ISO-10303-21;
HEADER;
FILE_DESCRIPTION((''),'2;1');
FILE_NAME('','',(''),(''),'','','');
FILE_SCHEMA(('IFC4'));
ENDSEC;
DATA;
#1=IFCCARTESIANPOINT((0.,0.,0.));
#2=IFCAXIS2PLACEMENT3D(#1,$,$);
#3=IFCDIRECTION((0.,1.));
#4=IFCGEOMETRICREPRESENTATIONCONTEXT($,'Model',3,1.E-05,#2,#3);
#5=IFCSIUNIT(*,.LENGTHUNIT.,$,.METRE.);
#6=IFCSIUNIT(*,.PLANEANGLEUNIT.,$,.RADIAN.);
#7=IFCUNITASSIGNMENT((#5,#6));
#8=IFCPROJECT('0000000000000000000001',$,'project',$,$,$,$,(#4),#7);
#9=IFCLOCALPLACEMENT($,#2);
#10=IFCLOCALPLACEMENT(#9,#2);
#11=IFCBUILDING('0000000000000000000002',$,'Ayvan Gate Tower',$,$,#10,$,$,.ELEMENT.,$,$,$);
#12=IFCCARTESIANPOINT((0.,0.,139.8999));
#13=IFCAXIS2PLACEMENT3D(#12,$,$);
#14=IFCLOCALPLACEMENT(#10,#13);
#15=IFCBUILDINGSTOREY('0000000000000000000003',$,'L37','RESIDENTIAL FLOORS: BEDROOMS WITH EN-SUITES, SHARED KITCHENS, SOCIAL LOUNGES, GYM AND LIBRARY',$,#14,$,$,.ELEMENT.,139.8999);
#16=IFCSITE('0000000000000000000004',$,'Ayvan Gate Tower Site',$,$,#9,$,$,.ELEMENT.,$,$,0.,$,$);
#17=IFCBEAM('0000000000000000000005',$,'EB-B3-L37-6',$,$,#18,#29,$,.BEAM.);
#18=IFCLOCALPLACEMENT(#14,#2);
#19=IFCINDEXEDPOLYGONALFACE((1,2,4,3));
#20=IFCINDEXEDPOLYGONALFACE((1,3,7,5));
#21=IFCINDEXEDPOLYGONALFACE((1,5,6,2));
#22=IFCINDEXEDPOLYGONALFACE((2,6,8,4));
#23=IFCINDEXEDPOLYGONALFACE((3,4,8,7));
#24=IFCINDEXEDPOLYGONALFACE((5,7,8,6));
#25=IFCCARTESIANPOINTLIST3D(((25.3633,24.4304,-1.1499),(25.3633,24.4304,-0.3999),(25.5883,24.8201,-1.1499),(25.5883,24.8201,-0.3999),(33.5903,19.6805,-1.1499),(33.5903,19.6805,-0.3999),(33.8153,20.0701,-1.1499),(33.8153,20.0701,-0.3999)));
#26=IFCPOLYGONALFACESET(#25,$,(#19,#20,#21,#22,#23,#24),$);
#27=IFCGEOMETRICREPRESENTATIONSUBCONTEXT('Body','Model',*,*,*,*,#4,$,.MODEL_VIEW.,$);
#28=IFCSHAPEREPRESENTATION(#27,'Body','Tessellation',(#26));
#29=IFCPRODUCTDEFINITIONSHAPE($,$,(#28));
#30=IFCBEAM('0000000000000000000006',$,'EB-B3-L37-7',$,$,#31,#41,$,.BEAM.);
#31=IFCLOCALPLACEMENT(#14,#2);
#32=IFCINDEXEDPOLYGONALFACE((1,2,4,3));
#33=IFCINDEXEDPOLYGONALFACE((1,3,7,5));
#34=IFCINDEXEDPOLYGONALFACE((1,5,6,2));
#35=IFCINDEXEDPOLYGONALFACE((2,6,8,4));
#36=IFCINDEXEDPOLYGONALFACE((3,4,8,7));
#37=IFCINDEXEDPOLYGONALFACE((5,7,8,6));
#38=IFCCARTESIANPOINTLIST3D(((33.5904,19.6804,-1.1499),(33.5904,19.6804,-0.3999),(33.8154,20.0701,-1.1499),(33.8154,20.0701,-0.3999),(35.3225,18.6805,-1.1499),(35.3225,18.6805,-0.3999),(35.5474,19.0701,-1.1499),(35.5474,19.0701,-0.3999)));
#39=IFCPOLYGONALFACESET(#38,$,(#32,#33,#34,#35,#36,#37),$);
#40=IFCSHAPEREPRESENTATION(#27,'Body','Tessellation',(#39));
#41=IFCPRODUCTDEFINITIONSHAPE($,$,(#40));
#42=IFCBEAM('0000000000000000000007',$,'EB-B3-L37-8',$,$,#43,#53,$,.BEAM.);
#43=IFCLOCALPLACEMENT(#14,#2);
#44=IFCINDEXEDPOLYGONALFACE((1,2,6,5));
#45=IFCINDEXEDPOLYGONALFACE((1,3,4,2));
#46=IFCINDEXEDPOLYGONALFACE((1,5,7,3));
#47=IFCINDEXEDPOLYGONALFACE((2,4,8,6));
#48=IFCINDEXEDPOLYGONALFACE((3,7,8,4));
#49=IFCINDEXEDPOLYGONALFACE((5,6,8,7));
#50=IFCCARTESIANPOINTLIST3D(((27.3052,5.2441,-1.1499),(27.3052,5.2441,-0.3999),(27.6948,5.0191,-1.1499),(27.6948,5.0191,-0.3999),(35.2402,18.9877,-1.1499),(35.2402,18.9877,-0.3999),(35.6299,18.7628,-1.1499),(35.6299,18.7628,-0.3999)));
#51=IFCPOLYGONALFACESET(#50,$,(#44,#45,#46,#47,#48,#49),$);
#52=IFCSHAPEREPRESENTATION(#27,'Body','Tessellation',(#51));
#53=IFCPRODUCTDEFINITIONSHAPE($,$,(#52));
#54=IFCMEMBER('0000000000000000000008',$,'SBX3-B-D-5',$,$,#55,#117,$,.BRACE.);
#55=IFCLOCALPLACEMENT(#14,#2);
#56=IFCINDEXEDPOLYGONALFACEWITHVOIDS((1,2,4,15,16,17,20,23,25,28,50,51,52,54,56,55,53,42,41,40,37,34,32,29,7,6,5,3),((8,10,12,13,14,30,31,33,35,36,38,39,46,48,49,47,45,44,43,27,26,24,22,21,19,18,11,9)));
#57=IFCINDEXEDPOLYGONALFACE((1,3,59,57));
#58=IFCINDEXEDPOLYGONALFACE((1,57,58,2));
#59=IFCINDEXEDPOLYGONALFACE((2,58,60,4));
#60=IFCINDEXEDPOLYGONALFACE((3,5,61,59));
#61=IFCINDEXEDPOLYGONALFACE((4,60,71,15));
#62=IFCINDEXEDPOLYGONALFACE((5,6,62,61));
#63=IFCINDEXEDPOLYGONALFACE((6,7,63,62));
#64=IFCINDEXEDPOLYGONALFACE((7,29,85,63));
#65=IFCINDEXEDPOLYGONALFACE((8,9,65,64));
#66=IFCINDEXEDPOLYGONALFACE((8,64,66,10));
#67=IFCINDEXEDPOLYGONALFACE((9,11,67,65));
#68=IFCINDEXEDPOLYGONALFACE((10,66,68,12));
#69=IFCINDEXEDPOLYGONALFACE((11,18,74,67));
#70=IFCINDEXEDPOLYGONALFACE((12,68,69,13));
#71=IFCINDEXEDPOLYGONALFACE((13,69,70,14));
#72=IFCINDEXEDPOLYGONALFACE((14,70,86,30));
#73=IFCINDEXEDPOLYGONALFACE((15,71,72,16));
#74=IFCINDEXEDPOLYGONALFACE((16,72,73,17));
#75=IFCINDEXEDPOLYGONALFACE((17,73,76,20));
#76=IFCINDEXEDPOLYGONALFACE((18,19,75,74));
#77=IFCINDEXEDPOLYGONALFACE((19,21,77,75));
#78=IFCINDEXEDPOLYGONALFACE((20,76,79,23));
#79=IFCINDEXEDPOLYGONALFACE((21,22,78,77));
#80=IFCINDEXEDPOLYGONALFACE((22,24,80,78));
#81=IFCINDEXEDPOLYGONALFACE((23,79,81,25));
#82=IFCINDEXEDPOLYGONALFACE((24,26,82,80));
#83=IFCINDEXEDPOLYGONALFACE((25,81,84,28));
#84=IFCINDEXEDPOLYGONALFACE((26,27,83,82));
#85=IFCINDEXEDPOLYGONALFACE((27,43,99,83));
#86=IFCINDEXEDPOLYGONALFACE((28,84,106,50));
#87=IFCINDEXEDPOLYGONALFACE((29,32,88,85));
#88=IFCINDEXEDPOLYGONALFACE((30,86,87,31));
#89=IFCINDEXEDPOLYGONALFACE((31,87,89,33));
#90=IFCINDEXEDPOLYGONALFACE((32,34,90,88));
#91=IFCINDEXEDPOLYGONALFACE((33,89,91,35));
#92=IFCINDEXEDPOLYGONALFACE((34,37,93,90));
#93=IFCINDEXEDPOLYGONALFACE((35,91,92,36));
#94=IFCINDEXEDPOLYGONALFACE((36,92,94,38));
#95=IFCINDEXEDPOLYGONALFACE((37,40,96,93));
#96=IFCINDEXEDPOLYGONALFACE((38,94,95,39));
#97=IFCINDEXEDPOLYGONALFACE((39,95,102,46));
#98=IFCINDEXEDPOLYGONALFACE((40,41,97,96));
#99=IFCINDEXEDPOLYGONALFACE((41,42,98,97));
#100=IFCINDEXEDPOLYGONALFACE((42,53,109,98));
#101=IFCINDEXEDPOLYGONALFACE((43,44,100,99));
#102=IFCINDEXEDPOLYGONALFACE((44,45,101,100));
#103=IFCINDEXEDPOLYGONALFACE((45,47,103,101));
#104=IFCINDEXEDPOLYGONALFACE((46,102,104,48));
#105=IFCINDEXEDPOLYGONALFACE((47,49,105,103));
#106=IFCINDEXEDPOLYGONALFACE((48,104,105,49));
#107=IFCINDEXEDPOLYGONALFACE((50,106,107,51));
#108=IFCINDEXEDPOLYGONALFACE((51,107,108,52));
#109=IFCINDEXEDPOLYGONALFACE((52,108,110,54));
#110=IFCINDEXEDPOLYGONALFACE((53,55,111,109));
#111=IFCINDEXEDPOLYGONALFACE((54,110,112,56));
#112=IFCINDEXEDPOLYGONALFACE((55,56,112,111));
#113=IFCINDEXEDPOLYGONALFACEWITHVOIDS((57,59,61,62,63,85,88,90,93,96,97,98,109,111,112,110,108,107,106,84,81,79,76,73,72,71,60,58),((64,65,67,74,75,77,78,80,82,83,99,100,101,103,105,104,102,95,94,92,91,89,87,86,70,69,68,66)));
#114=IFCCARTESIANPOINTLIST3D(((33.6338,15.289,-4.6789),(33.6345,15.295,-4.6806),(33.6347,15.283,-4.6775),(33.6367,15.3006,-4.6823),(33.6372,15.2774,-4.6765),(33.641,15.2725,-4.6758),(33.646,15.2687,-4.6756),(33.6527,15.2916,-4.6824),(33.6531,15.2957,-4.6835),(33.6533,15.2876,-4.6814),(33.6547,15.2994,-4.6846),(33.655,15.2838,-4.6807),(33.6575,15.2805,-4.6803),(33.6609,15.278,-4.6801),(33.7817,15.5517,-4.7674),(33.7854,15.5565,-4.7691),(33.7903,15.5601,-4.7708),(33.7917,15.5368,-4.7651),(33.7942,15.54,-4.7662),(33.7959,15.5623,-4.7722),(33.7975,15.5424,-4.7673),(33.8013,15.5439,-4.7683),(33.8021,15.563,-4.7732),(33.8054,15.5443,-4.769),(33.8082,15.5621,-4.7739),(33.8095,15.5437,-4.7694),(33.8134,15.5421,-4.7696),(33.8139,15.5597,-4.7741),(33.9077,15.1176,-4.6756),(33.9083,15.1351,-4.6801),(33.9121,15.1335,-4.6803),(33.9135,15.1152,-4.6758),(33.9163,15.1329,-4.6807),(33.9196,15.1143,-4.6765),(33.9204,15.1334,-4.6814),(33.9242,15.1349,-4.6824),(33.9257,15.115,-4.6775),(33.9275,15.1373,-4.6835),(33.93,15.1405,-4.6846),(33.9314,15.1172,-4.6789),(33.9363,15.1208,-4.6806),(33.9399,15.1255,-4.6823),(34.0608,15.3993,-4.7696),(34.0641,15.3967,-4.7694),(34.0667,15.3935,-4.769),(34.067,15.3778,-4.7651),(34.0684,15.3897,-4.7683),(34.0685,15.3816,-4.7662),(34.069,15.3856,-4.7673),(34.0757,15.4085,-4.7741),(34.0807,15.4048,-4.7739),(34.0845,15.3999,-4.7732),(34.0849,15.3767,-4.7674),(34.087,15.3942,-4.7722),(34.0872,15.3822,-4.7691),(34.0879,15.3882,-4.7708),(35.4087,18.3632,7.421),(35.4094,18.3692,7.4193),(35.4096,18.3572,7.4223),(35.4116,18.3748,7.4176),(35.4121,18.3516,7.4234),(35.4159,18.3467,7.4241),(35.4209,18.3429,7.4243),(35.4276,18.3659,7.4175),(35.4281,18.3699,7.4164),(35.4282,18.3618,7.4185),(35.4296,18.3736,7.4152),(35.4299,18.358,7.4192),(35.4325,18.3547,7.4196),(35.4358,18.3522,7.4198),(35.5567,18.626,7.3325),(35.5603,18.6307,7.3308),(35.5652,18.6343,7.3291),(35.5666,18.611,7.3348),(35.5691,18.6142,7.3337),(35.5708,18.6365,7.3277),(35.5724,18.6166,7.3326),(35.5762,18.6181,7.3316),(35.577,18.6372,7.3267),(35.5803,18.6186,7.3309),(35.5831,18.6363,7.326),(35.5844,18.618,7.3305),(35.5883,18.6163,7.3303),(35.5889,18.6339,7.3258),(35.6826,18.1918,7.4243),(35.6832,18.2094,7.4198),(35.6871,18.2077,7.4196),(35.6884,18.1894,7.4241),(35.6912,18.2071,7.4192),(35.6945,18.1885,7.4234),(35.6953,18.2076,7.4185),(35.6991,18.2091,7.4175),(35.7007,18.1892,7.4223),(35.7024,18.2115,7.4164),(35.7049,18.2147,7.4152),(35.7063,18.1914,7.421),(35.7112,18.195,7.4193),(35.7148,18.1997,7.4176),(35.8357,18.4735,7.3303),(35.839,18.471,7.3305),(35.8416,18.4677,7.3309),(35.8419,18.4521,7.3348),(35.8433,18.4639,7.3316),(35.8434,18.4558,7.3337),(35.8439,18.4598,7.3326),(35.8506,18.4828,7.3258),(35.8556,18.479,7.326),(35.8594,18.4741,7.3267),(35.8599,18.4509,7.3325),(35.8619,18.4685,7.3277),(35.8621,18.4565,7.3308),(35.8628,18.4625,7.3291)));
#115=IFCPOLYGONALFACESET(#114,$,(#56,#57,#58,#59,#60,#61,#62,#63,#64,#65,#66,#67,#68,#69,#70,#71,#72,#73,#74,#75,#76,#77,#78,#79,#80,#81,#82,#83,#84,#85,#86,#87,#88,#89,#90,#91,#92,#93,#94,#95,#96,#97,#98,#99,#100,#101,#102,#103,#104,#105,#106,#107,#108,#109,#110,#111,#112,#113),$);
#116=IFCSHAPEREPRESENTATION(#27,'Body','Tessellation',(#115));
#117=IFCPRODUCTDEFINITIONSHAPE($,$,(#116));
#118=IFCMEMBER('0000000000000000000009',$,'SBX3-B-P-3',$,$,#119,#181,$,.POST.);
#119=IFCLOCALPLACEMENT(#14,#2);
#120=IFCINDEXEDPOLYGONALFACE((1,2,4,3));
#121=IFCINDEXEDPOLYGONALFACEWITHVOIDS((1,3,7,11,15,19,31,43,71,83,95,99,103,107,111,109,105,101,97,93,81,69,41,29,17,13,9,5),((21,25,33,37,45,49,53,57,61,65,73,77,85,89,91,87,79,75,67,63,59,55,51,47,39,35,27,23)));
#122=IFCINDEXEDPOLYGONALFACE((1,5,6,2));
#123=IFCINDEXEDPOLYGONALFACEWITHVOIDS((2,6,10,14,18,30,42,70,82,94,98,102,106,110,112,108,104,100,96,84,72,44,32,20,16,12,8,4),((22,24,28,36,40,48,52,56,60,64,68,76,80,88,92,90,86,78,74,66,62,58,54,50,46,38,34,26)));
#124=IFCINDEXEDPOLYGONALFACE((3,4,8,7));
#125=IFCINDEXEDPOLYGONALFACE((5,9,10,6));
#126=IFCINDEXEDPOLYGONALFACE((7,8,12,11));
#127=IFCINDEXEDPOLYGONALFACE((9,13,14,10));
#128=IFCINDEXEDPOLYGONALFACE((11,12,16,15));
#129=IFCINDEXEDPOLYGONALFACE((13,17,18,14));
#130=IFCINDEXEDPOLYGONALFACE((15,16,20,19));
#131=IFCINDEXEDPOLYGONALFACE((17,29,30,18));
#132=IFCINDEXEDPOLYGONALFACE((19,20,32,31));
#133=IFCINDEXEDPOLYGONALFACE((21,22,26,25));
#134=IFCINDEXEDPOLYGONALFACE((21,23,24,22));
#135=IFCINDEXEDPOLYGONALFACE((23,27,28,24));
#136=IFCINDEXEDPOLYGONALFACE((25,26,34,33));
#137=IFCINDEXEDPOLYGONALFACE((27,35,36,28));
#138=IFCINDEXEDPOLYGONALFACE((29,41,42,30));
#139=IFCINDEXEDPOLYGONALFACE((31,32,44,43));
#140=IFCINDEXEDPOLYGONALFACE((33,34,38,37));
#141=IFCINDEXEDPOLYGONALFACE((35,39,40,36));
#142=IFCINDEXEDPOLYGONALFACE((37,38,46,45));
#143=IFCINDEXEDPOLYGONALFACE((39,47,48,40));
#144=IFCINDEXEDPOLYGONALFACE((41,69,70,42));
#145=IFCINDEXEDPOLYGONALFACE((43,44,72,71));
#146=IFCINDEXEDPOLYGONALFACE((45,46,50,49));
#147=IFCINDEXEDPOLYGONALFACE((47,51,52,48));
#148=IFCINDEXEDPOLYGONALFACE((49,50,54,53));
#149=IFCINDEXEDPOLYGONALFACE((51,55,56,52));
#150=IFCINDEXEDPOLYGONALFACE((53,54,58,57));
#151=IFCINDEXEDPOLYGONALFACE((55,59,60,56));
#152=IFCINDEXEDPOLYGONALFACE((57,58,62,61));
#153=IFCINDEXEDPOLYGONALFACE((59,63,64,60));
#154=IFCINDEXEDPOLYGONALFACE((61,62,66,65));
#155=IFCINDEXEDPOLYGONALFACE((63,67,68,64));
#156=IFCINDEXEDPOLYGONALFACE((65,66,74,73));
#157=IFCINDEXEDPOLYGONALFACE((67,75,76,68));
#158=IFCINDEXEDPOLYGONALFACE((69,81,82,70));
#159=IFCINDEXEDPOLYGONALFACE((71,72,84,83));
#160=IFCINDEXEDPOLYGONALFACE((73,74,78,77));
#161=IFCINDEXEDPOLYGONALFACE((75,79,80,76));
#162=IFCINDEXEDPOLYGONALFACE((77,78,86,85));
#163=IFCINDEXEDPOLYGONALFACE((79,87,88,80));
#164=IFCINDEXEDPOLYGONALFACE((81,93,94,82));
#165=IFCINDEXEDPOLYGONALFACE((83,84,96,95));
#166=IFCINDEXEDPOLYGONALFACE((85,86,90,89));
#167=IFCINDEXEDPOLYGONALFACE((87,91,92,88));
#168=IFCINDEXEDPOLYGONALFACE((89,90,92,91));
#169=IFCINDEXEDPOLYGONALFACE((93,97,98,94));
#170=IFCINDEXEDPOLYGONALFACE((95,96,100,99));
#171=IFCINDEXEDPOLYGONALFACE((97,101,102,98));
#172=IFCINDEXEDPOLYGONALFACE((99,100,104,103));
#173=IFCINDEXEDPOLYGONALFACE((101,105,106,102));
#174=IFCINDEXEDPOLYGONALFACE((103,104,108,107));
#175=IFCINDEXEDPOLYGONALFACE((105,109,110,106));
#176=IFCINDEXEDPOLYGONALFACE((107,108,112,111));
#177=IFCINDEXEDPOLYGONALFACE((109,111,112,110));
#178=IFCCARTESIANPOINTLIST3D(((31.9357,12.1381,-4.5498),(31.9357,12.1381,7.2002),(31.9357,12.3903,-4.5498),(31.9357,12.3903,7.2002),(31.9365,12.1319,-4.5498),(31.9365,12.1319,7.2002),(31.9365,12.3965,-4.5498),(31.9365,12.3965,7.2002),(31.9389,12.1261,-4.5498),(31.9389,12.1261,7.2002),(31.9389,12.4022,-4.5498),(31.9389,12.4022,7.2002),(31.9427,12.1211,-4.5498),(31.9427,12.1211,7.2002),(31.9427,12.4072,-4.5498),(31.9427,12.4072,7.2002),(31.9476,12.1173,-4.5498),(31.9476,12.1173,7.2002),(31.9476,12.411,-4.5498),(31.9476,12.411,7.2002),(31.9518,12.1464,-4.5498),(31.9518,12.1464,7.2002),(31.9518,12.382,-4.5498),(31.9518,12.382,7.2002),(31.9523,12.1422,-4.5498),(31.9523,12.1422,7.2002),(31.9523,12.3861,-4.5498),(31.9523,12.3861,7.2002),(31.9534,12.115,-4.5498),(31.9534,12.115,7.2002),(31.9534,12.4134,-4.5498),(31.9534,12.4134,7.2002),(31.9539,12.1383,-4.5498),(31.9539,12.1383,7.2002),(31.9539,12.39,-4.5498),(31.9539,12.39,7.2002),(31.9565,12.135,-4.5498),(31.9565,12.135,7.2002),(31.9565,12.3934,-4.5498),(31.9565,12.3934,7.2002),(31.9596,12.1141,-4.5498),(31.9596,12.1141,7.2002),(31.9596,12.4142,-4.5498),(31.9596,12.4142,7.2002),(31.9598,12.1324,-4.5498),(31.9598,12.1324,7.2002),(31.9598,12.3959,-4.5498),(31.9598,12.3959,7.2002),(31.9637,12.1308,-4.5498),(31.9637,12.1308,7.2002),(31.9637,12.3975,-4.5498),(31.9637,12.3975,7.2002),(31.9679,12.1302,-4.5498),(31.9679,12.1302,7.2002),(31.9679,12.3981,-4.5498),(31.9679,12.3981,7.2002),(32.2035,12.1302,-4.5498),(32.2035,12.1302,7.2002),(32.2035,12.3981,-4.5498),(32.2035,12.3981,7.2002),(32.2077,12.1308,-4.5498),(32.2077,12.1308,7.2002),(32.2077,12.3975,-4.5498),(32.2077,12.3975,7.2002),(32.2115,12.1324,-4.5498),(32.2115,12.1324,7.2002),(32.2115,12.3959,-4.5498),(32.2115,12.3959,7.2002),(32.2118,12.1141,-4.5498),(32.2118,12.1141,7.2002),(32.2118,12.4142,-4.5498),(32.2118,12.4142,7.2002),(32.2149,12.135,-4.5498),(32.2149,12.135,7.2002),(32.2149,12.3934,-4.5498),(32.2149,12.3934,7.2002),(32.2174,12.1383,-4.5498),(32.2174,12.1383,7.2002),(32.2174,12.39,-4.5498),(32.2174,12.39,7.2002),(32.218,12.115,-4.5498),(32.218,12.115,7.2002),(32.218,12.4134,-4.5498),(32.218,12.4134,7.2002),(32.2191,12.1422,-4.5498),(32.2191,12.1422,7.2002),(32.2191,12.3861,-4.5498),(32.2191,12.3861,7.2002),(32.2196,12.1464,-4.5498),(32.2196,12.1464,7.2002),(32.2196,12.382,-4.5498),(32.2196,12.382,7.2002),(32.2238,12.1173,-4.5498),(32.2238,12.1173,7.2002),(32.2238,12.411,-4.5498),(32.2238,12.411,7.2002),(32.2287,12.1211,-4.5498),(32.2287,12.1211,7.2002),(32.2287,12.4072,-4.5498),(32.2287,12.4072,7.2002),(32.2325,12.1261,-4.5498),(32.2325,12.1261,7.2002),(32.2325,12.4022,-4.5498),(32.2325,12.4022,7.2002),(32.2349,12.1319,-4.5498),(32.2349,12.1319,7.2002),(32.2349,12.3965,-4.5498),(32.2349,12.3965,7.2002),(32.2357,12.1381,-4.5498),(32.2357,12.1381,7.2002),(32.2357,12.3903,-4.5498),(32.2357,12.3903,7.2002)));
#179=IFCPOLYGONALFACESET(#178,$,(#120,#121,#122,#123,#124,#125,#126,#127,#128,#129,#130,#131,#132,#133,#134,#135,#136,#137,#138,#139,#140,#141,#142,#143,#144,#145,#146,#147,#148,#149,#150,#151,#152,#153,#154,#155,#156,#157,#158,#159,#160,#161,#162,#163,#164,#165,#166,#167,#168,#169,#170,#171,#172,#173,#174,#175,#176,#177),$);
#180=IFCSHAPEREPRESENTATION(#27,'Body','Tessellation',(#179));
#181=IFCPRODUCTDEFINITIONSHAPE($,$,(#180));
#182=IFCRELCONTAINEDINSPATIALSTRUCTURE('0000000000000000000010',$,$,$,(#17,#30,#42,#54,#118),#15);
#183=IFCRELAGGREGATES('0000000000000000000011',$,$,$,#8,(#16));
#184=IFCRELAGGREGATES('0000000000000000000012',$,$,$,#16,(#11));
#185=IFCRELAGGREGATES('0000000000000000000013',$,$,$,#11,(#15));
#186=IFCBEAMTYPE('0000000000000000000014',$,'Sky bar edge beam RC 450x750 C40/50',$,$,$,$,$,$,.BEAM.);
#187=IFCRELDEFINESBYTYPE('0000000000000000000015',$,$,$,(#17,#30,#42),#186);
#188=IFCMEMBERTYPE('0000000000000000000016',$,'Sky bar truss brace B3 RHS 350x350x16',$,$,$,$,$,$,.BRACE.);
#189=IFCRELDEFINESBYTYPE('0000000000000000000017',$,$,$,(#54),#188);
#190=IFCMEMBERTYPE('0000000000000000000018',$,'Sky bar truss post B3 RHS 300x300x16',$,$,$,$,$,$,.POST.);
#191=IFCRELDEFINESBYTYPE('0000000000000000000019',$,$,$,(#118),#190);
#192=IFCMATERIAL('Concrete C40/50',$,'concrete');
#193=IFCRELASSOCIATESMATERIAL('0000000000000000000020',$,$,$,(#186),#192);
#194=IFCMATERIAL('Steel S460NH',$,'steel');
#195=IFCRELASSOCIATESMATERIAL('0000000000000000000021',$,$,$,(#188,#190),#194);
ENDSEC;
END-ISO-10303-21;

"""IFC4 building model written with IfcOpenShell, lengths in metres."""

from ifc_helpers import new_model, si_unit, direction, frame, origin, origin_2d, place, context, subcontext, project, spatial, rectangle, hollow_rectangle, extrude, material, material_profile, profile_set, type_object, element, save


model = new_model("IFC4")

# Units and contexts
model_context = context("Model", 3, precision=1e-05, world=origin(), true_north=direction((0.0, 1.0)))
body_context = subcontext(model_context, "Body", "Model", "MODEL_VIEW")
ifc_project = project(units=[si_unit("LENGTHUNIT", "METRE"), si_unit("PLANEANGLEUNIT", "RADIAN")], contexts=[model_context])

# Site, building, storey
site_placement = place(None, origin())
site = spatial("IfcSite", under=ifc_project, at=site_placement, Name="Ayvan Gate Tower Site", CompositionType="ELEMENT", RefElevation=0.0)
building_placement = place(site_placement, origin())
building = spatial("IfcBuilding", under=site, at=building_placement, Name="Ayvan Gate Tower", CompositionType="ELEMENT")
storey_placement = place(building_placement, frame((0.0, 0.0, 139.8999)))
storey = spatial("IfcBuildingStorey", under=building, at=storey_placement, Name="L37", Description="RESIDENTIAL FLOORS: BEDROOMS WITH EN-SUITES, SHARED KITCHENS, SOCIAL LOUNGES, GYM AND LIBRARY", CompositionType="ELEMENT", Elevation=139.8999)

# Beams
ifc_material_1 = material(Name="Concrete C40/50", Category="concrete")
ifc_material_profile_1 = material_profile(ifc_material_1, rectangle(XDim=0.45, YDim=0.75, at=origin_2d()), Name="RC 450x750")
ifc_profile_set_1 = profile_set([ifc_material_profile_1], Name="Concrete C40/50")
beam_type = type_object("IfcBeamType", Name="Sky bar edge beam RC 450x750 C40/50", PredefinedType="BEAM", material=ifc_profile_set_1)
beam_1_placement = place(storey_placement, frame((25.4758, 24.6252, -0.7749), z_axis=(0.86602, -0.500009, 0.0), x_axis=(0.500009, 0.86602, 0.0)))
element("IfcBeam", 1, at=beam_1_placement, inside=storey, type_object=beam_type, Name="EB-B3-L37-6", PredefinedType="BEAM", context=body_context, shape_type="SweptSolid", body=[
    extrude(rectangle(XDim=0.45, YDim=0.75, at=origin_2d()), origin(), (0.0, 0.0, 1.0), 9.4998),
])
beam_2_placement = place(storey_placement, frame((33.7029, 19.8752, -0.7749), z_axis=(0.866041, -0.499973, 0.0), x_axis=(0.499973, 0.866041, 0.0)))
element("IfcBeam", 2, at=beam_2_placement, inside=storey, type_object=beam_type, Name="EB-B3-L37-7", PredefinedType="BEAM", context=body_context, shape_type="SweptSolid", body=[
    extrude(rectangle(XDim=0.45, YDim=0.75, at=origin_2d()), origin(), (0.0, 0.0, 1.0), 2.0),
])
beam_3_placement = place(storey_placement, frame((35.4351, 18.8752, -0.7749), z_axis=(-0.500007, -0.866021, 0.0), x_axis=(0.866021, -0.500007, 0.0)))
element("IfcBeam", 3, at=beam_3_placement, inside=storey, type_object=beam_type, Name="EB-B3-L37-8", PredefinedType="BEAM", context=body_context, shape_type="SweptSolid", body=[
    extrude(rectangle(XDim=0.45, YDim=0.75, at=origin_2d()), origin(), (0.0, 0.0, 1.0), 15.8699),
])

# Members
ifc_material_2 = material(Name="Steel S460NH", Category="steel")
ifc_material_profile_2 = material_profile(ifc_material_2, hollow_rectangle(XDim=0.3501, YDim=0.3501, WallThickness=0.0161, InnerFilletRadius=0.0161, OuterFilletRadius=0.0239, at=origin_2d()), Name="RHS 350x350x16")
ifc_profile_set_2 = profile_set([ifc_material_profile_2], Name="Steel S460NH")
member_type_1 = type_object("IfcMemberType", Name="Sky bar truss brace B3 RHS 350x350x16", PredefinedType="BRACE", material=ifc_profile_set_2)
member_1_placement = place(storey_placement, frame((33.8608, 15.3386, -4.7249), z_axis=(0.140756, 0.243796, 0.959558), x_axis=(-0.866025, 0.5, 0.0)))
element("IfcMember", 4, at=member_1_placement, inside=storey, type_object=member_type_1, Name="SBX3-B-D-5", PredefinedType="BRACE", context=body_context, shape_type="SweptSolid", body=[
    extrude(hollow_rectangle(XDim=0.3501, YDim=0.3501, WallThickness=0.0161, InnerFilletRadius=0.0161, OuterFilletRadius=0.0239, at=origin_2d()), origin(), (0.0, 0.0, 1.0), 12.6099),
])
ifc_material_profile_3 = material_profile(ifc_material_2, hollow_rectangle(XDim=0.3, YDim=0.3, WallThickness=0.0161, InnerFilletRadius=0.0161, OuterFilletRadius=0.0239, at=origin_2d()), Name="RHS 300x300x16")
ifc_profile_set_3 = profile_set([ifc_material_profile_3], Name="Steel S460NH")
member_type_2 = type_object("IfcMemberType", Name="Sky bar truss post B3 RHS 300x300x16", PredefinedType="POST", material=ifc_profile_set_3)
for number, where, z_axis, x_axis, name in (
    (5, (32.0857, 12.2642, -4.5498), (0.0, 0.0, 1.0), (1.0, 0.0, 0.0), "SBX3-B-P-3"),
):
    element("IfcMember", number, at=place(storey_placement, frame(where, z_axis=z_axis, x_axis=x_axis)), inside=storey, type_object=member_type_2, Name=name, PredefinedType="POST", context=body_context, shape_type="SweptSolid", body=[
        extrude(hollow_rectangle(XDim=0.3, YDim=0.3, WallThickness=0.0161, InnerFilletRadius=0.0161, OuterFilletRadius=0.0239, at=origin_2d()), origin(), (0.0, 0.0, 1.0), 11.75),
    ])

save(model, "model.ifc")
